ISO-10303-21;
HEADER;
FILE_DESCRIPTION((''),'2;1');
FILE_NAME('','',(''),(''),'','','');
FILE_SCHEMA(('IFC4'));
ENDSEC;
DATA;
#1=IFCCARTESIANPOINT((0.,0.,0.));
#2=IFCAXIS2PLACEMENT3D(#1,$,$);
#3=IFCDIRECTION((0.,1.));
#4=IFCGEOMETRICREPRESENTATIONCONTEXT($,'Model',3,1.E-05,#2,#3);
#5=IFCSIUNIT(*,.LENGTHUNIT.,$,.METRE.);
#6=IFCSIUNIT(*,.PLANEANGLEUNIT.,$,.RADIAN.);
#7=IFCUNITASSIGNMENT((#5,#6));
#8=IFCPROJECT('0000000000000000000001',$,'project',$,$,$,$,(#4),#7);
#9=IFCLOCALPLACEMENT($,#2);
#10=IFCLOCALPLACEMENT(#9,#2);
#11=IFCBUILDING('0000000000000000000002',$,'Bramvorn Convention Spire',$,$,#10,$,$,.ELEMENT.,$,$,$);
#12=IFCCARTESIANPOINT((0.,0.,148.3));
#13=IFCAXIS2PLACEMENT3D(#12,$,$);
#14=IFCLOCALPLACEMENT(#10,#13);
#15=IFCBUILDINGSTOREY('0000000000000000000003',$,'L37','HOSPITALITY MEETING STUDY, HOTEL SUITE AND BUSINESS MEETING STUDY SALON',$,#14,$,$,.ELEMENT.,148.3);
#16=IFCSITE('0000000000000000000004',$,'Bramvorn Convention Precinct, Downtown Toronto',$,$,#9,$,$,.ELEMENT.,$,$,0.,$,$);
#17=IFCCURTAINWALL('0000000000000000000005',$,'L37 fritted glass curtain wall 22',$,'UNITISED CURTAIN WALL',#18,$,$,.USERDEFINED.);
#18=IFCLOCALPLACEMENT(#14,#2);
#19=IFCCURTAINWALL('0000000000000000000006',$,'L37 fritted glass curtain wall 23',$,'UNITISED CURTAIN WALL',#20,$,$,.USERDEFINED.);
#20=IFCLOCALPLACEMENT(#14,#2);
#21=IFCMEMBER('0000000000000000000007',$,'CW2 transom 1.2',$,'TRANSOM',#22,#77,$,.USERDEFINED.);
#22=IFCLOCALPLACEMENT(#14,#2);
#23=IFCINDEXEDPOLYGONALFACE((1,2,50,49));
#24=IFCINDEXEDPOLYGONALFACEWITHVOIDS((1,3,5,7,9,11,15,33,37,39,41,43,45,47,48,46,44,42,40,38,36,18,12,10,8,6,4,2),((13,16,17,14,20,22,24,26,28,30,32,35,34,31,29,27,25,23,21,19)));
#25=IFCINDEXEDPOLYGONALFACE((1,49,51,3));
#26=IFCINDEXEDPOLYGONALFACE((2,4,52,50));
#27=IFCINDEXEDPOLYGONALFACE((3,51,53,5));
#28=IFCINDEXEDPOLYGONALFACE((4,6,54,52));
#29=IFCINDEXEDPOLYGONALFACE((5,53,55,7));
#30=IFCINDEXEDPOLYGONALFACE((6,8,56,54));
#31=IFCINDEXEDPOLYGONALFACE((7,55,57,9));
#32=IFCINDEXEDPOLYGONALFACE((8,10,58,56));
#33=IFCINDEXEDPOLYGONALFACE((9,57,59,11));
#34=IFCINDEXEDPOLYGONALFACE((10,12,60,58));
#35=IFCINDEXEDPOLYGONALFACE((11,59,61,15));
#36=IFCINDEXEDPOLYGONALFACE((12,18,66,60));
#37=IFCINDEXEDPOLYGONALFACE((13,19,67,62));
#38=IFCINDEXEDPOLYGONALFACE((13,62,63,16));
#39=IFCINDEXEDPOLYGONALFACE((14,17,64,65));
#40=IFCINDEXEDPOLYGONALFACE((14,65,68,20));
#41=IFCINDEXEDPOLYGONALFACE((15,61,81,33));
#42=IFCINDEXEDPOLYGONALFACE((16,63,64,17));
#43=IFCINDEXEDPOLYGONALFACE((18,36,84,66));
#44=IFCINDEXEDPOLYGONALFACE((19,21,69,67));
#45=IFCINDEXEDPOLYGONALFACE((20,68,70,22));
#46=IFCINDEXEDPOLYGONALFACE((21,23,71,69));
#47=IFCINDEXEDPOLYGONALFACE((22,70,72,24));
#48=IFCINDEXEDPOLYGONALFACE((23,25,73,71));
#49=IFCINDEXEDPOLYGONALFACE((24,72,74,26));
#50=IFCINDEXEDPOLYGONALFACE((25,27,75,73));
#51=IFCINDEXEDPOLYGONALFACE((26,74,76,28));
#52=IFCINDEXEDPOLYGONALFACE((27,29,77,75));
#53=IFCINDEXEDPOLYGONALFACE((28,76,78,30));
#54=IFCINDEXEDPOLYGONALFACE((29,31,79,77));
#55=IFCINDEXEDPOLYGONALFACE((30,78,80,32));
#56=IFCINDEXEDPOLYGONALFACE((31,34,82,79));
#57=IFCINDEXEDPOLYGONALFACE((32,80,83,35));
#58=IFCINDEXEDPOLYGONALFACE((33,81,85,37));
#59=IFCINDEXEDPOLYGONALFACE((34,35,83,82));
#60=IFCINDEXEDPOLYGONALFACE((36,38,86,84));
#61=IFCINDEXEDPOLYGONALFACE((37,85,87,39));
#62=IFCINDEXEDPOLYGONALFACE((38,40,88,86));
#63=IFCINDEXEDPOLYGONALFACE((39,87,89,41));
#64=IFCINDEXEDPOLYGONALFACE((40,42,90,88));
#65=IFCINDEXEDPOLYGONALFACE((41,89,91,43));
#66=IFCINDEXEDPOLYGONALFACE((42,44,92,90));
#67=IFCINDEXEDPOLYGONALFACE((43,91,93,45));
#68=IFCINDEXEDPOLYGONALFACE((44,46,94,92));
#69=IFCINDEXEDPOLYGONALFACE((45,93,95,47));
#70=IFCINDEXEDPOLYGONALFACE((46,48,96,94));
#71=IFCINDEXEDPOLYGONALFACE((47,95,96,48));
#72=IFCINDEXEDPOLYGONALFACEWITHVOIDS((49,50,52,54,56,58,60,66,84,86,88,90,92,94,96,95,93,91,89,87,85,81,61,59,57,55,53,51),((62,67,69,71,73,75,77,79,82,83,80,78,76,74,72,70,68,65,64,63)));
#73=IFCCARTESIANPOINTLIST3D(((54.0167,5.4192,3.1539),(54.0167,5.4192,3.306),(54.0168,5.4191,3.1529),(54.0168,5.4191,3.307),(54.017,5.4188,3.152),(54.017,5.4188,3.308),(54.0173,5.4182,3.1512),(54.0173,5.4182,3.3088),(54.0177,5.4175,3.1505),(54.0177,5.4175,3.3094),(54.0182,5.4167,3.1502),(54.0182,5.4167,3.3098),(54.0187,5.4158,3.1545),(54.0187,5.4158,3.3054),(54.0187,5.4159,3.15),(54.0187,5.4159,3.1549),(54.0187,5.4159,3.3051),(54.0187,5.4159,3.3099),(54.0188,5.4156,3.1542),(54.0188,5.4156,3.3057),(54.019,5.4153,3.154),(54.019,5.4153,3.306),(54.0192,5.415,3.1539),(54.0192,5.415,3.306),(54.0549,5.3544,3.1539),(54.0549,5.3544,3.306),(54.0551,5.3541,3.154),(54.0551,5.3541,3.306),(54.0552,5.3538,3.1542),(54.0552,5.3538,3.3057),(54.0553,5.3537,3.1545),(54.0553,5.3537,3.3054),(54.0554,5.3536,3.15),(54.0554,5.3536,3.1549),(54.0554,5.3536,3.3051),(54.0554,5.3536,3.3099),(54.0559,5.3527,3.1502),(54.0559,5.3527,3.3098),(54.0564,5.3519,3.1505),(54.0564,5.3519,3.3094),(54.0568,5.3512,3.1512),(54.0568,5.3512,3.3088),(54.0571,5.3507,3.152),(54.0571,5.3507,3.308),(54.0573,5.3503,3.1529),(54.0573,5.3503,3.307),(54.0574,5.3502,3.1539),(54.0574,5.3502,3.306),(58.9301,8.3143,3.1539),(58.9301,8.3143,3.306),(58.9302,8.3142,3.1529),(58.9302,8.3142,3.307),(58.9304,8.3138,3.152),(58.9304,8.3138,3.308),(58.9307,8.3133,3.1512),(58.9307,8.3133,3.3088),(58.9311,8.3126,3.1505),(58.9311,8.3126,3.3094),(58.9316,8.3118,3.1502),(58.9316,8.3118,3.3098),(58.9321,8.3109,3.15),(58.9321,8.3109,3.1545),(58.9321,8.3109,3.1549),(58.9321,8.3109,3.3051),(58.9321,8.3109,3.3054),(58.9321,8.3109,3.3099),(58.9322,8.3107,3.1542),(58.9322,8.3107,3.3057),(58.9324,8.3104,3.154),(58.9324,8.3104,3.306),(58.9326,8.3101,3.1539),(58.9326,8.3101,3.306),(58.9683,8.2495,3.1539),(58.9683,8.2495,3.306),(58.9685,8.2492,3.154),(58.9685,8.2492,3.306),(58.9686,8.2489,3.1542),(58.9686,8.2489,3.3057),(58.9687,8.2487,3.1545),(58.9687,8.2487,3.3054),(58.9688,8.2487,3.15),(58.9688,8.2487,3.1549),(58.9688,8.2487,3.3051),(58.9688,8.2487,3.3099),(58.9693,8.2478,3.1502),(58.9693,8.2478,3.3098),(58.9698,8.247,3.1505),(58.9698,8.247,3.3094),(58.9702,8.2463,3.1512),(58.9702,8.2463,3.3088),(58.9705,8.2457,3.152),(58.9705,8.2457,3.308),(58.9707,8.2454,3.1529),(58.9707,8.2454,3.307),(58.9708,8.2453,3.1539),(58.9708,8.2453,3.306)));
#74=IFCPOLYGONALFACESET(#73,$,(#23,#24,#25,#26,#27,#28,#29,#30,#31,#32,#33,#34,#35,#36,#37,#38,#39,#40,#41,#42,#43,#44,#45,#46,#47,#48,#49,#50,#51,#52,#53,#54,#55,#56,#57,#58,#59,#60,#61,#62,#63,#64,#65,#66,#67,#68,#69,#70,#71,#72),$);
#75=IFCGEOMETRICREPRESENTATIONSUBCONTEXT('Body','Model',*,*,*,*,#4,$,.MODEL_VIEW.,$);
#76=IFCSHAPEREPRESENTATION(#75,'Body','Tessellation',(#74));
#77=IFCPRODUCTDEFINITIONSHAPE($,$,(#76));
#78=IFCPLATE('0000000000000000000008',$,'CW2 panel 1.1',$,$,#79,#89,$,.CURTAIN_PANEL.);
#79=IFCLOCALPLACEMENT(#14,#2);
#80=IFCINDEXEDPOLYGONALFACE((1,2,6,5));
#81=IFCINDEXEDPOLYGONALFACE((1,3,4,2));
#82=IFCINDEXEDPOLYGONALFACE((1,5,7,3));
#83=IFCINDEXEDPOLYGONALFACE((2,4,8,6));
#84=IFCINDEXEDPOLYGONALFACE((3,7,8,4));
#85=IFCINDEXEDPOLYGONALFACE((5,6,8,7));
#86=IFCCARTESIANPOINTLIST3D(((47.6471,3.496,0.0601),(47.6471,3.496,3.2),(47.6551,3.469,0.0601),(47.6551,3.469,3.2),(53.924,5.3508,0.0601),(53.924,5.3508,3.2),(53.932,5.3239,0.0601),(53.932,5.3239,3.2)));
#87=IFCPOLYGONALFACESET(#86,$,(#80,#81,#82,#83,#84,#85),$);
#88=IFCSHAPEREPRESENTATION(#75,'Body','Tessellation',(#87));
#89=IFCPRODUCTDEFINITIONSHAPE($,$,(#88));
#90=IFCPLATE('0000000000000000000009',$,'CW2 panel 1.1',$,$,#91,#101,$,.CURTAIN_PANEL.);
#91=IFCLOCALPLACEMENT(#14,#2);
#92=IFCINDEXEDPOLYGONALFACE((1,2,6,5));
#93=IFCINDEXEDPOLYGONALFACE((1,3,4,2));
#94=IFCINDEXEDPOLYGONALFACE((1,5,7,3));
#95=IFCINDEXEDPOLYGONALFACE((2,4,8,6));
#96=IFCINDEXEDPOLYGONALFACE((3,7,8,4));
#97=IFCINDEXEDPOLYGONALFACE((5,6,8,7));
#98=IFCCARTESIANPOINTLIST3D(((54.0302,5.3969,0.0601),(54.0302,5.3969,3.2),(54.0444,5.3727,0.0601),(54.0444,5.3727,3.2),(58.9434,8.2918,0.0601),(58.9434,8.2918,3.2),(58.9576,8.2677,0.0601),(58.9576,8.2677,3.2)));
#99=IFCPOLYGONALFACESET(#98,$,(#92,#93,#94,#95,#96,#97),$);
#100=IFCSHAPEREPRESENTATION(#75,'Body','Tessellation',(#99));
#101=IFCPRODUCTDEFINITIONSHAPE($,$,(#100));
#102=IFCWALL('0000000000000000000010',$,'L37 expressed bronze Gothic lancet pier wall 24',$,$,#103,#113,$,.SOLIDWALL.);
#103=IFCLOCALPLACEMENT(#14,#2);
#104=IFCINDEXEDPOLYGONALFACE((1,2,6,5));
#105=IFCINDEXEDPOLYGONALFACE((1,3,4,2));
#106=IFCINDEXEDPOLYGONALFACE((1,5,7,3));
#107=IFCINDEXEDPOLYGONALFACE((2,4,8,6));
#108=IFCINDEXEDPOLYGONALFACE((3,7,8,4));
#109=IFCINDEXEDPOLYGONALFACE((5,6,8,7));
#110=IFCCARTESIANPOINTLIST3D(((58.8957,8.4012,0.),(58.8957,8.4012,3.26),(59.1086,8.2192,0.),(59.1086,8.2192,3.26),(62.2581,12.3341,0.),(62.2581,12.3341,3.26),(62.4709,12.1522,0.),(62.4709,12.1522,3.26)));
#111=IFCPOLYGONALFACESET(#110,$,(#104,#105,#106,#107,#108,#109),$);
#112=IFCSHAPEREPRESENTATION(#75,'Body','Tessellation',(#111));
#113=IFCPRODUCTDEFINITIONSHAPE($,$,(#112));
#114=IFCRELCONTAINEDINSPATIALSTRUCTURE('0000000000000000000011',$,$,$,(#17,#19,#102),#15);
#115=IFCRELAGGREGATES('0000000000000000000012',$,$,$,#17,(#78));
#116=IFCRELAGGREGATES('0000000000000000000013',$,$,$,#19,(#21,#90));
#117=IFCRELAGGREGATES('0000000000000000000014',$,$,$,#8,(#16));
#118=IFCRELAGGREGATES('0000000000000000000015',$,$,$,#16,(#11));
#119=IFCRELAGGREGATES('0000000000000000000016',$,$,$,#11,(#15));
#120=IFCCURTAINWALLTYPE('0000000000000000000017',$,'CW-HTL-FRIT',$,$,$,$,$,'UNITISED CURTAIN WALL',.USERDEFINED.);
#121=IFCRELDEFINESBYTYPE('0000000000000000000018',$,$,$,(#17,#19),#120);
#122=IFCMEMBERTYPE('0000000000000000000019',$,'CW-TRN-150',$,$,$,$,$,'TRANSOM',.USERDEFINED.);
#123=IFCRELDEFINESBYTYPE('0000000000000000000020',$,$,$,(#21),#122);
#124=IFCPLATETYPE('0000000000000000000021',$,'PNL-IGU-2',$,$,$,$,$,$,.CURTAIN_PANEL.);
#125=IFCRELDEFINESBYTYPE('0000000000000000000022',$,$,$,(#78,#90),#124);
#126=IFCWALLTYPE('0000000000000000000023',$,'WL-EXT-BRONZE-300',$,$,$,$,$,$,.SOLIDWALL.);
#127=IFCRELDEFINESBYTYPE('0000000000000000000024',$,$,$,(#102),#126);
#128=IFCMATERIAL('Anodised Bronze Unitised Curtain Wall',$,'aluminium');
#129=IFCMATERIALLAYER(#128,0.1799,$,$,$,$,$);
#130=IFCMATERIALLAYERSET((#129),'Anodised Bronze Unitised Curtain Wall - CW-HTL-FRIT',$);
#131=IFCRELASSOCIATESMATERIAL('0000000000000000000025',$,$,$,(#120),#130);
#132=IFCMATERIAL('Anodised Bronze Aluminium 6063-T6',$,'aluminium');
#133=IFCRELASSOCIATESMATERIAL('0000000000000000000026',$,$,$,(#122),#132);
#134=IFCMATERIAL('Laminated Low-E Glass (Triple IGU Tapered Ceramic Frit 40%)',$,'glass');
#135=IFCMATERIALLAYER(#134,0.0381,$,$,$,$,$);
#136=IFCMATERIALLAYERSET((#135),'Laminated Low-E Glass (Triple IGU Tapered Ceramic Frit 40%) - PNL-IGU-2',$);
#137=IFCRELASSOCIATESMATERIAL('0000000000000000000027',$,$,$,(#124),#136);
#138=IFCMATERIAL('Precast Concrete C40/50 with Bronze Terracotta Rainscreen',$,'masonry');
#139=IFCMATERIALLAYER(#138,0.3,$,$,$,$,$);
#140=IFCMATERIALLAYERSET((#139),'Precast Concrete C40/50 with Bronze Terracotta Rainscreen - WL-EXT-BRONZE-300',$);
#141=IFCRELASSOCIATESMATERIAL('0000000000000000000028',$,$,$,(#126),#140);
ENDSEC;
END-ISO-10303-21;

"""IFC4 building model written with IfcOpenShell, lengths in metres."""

from ifc_helpers import new_model, si_unit, direction, frame, frame_2d, origin, origin_2d, place, context, subcontext, project, spatial, rectangle, hollow_rectangle, extrude, material, layer, layer_set, material_profile, profile_set, type_object, element, aggregate, save


model = new_model("IFC4")

# Units and contexts
model_context = context("Model", 3, precision=1e-05, world=origin(), true_north=direction((0.0, 1.0)))
body_context = subcontext(model_context, "Body", "Model", "MODEL_VIEW")
ifc_project = project(units=[si_unit("LENGTHUNIT", "METRE"), si_unit("PLANEANGLEUNIT", "RADIAN")], contexts=[model_context])

# Site, building, storey
site_placement = place(None, origin())
site = spatial("IfcSite", under=ifc_project, at=site_placement, Name="Bramvorn Convention Precinct, Downtown Toronto", CompositionType="ELEMENT", RefElevation=0.0)
building_placement = place(site_placement, origin())
building = spatial("IfcBuilding", under=site, at=building_placement, Name="Bramvorn Convention Spire", CompositionType="ELEMENT")
storey_placement = place(building_placement, frame((0.0, 0.0, 148.3)))
storey = spatial("IfcBuildingStorey", under=building, at=storey_placement, Name="L37", Description="HOSPITALITY MEETING STUDY, HOTEL SUITE AND BUSINESS MEETING STUDY SALON", CompositionType="ELEMENT", Elevation=148.3)

# Curtain wall
ifc_material_1 = material(Name="Anodised Bronze Unitised Curtain Wall", Category="aluminium")
ifc_layer_1 = layer(ifc_material_1, 0.1799)
ifc_layer_set_1 = layer_set([ifc_layer_1], Name="Anodised Bronze Unitised Curtain Wall - CW-HTL-FRIT")
curtain_wall_type = type_object("IfcCurtainWallType", Name="CW-HTL-FRIT", ElementType="UNITISED CURTAIN WALL", PredefinedType="USERDEFINED", material=ifc_layer_set_1)
curtain_wall_1_placement = place(storey_placement, origin())
curtain_wall_1 = element("IfcCurtainWall", 1, at=curtain_wall_1_placement, inside=storey, type_object=curtain_wall_type, Name="L37 fritted glass curtain wall 22", ObjectType="UNITISED CURTAIN WALL", PredefinedType="USERDEFINED")
ifc_material_2 = material(Name="Anodised Bronze Aluminium 6063-T6", Category="aluminium")

# Curtain wall
curtain_wall_2_placement = place(storey_placement, origin())
curtain_wall_2 = element("IfcCurtainWall", 2, at=curtain_wall_2_placement, inside=storey, type_object=curtain_wall_type, Name="L37 fritted glass curtain wall 23", ObjectType="UNITISED CURTAIN WALL", PredefinedType="USERDEFINED")

# Member
ifc_material_profile_1 = material_profile(ifc_material_2, hollow_rectangle(XDim=0.0801, YDim=0.1599, WallThickness=0.0039, InnerFilletRadius=0.001, OuterFilletRadius=0.0039, at=origin_2d()))
ifc_profile_set_1 = profile_set([ifc_material_profile_1], Name="Anodised Bronze Aluminium 6063-T6 - CWT80X160")
member_type_1 = type_object("IfcMemberType", Name="CW-TRN-150", ElementType="TRANSOM", PredefinedType="USERDEFINED", material=ifc_profile_set_1)
member_1_placement = place(storey_placement, frame((58.9504, 8.2798, 3.23), z_axis=(-0.861564, -0.507649, 0.0), x_axis=(0.507649, -0.861564, 0.0)))
member_1 = element("IfcMember", 3, at=member_1_placement, type_object=member_type_1, Name="CW2 transom 1.2", ObjectType="TRANSOM", PredefinedType="USERDEFINED", context=body_context, shape_type="SweptSolid", body=[
    extrude(hollow_rectangle(XDim=0.0801, YDim=0.1599, WallThickness=0.0039, InnerFilletRadius=0.001, OuterFilletRadius=0.0039, at=origin_2d()), origin(), (0.0, 0.0, 1.0), 5.7029),
])

# Plates
ifc_material_3 = material(Name="Laminated Low-E Glass (Triple IGU Tapered Ceramic Frit 40%)", Category="glass")
ifc_layer_2 = layer(ifc_material_3, 0.0381)
ifc_layer_set_2 = layer_set([ifc_layer_2], Name="Laminated Low-E Glass (Triple IGU Tapered Ceramic Frit 40%) - PNL-IGU-2")
plate_type = type_object("IfcPlateType", Name="PNL-IGU-2", PredefinedType="CURTAIN_PANEL", material=ifc_layer_set_2)
plate_1_placement = place(storey_placement, frame((50.7896, 4.4099, 0.0601), z_axis=(0.0, 0.0, 1.0), x_axis=(-0.959006, -0.283385, 0.0)))
plate_1 = element("IfcPlate", 4, at=plate_1_placement, type_object=plate_type, Name="CW2 panel 1.1", PredefinedType="CURTAIN_PANEL", context=body_context, shape_type="SweptSolid", body=[
    extrude(rectangle(XDim=6.5452, YDim=0.0281, at=origin_2d()), origin(), (0.0, 0.0, 1.0), 3.1399),
])
aggregate(curtain_wall_1, [plate_1])
plate_2_placement = place(storey_placement, frame((56.4939, 6.8323, 0.0601), z_axis=(0.0, 0.0, 1.0), x_axis=(-0.861562, -0.507653, 0.0)))
plate_2 = element("IfcPlate", 5, at=plate_2_placement, type_object=plate_type, Name="CW2 panel 1.1", PredefinedType="CURTAIN_PANEL", context=body_context, shape_type="SweptSolid", body=[
    extrude(rectangle(XDim=5.7026, YDim=0.0281, at=origin_2d()), origin(), (0.0, 0.0, 1.0), 3.1399),
])
aggregate(curtain_wall_2, [member_1, plate_2])

# Wall
ifc_material_4 = material(Name="Precast Concrete C40/50 with Bronze Terracotta Rainscreen", Category="masonry")
ifc_layer_3 = layer(ifc_material_4, 0.3)
ifc_layer_set_3 = layer_set([ifc_layer_3], Name="Precast Concrete C40/50 with Bronze Terracotta Rainscreen - WL-EXT-BRONZE-300")
wall_type = type_object("IfcWallType", Name="WL-EXT-BRONZE-300", PredefinedType="SOLIDWALL", material=ifc_layer_set_3)
wall_placement = place(storey_placement, frame((62.3645, 12.2432, 0.0), z_axis=(0.0, 0.0, 1.0), x_axis=(-0.649819, -0.760089, 0.0)))
element("IfcWall", 6, at=wall_placement, inside=storey, type_object=wall_type, Name="L37 expressed bronze Gothic lancet pier wall 24", PredefinedType="SOLIDWALL", context=body_context, shape_type="SweptSolid", body=[
    extrude(rectangle(XDim=5.1743, YDim=0.28, at=frame_2d((2.5872, 0.0))), origin(), (0.0, 0.0, 1.0), 3.26),
])

save(model, "model.ifc")
